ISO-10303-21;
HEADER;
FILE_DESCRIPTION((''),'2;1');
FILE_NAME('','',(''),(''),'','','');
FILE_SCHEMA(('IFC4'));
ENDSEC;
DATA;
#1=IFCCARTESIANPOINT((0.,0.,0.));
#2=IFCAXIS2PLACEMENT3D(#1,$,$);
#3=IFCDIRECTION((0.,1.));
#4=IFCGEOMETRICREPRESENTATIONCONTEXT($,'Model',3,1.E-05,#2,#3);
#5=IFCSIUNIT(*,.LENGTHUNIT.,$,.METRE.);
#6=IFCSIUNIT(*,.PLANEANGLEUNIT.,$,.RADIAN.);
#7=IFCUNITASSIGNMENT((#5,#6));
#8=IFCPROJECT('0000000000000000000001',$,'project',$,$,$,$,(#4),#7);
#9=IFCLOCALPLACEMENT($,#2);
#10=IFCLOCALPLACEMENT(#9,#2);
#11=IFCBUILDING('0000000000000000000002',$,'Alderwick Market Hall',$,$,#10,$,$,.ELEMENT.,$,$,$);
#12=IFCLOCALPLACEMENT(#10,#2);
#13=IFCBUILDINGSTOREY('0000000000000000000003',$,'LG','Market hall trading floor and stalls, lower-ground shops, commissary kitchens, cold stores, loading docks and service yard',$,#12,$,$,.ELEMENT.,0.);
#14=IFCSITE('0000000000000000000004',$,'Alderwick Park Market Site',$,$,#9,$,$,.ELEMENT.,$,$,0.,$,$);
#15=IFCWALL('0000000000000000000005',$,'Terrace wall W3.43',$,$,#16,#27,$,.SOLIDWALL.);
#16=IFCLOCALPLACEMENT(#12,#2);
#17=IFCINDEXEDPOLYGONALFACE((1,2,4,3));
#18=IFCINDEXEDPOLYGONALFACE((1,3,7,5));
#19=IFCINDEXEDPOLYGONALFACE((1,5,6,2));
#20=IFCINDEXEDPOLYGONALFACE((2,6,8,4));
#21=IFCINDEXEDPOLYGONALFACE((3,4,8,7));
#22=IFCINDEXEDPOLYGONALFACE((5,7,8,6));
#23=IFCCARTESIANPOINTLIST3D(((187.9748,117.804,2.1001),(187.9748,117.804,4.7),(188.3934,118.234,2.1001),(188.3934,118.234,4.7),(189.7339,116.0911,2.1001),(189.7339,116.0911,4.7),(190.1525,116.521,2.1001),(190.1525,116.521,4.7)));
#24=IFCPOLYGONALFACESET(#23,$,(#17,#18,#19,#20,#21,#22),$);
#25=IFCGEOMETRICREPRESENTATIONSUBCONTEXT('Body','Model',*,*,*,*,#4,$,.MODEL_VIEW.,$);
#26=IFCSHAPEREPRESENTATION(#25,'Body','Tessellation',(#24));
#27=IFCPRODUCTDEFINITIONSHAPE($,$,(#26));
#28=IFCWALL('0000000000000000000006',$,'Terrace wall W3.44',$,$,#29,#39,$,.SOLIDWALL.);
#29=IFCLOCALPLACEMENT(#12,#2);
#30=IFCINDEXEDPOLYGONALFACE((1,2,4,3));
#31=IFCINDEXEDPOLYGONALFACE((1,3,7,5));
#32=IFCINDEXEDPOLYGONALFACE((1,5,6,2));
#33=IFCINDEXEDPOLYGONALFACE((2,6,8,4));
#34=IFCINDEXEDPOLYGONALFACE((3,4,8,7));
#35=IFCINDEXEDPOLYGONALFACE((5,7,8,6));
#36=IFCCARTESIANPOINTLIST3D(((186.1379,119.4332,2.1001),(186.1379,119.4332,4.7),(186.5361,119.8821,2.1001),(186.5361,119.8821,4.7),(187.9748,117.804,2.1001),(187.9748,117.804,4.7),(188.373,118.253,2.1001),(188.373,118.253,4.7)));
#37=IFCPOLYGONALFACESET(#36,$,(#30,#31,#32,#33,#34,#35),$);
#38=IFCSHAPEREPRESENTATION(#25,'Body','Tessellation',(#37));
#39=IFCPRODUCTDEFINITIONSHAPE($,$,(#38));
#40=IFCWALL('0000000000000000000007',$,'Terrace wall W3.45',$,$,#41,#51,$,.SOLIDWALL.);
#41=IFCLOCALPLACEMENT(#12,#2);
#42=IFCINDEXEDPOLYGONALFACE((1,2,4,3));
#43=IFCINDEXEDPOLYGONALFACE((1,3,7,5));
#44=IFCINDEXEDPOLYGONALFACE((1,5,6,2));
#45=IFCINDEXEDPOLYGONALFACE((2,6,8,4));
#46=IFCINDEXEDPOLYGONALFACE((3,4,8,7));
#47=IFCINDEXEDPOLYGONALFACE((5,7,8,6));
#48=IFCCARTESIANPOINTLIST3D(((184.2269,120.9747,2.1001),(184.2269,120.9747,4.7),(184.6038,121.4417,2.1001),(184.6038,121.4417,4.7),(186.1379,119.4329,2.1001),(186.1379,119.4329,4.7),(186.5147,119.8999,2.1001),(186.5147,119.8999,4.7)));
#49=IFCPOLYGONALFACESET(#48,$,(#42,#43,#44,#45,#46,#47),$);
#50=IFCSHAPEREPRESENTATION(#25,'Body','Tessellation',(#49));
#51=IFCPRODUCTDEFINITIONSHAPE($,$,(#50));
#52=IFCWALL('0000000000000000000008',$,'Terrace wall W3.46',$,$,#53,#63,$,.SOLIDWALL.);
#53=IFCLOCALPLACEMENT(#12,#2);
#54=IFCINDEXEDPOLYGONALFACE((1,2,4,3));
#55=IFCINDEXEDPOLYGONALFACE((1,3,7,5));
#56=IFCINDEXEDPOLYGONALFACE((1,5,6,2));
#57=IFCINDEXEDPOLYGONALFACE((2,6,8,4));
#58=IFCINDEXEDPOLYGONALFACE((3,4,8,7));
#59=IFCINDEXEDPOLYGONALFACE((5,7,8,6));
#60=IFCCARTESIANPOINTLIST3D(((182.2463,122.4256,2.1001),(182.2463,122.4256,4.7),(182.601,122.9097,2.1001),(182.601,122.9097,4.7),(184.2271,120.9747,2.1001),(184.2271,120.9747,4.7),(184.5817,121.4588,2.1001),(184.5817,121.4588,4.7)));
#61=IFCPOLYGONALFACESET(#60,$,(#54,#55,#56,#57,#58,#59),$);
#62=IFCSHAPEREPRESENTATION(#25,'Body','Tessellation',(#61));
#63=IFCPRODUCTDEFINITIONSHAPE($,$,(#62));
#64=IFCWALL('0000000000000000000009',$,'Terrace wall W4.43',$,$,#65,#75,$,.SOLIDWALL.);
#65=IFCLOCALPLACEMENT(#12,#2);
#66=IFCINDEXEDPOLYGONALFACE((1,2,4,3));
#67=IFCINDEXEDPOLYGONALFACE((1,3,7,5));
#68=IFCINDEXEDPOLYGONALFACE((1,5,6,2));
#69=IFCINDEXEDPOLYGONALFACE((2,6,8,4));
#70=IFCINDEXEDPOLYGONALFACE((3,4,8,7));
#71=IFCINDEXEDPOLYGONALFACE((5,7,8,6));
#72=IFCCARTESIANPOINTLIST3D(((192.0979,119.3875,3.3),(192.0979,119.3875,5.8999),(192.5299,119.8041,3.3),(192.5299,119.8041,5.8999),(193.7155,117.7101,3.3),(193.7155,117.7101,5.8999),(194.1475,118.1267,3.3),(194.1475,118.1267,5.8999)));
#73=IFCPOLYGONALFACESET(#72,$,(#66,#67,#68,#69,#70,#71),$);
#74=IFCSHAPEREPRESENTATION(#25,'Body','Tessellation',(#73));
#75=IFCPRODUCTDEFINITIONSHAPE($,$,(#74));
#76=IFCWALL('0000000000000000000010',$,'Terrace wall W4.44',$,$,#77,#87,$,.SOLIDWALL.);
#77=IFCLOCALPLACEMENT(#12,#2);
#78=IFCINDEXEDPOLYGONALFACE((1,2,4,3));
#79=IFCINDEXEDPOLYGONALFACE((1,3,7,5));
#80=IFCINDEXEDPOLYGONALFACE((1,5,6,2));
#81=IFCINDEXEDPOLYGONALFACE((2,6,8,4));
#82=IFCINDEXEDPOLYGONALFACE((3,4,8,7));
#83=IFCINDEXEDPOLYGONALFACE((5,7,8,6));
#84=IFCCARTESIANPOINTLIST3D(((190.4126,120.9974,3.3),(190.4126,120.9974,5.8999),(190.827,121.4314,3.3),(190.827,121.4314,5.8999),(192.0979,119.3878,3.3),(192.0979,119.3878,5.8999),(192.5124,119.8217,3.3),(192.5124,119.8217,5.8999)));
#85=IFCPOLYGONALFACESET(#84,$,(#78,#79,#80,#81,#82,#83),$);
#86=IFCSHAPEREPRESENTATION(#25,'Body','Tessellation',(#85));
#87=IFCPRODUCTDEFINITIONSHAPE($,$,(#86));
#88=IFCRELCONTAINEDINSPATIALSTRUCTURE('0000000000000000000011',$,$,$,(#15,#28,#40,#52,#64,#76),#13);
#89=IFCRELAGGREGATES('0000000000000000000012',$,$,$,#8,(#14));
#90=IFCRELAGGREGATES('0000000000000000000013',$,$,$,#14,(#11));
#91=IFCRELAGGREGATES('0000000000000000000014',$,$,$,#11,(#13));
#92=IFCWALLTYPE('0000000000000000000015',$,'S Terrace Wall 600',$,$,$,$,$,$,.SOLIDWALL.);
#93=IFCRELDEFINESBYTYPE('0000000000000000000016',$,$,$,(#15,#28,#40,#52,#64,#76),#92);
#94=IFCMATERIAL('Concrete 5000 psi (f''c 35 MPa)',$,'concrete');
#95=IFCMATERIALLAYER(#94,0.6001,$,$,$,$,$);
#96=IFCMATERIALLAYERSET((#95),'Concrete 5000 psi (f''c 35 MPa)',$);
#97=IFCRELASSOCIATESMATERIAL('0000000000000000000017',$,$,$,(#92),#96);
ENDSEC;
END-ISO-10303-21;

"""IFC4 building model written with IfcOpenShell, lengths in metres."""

from ifc_helpers import new_model, si_unit, direction, frame, frame_2d, origin, place, context, subcontext, project, spatial, rectangle, extrude, material, layer, layer_set, type_object, element, save


model = new_model("IFC4")

# Units and contexts
model_context = context("Model", 3, precision=1e-05, world=origin(), true_north=direction((0.0, 1.0)))
body_context = subcontext(model_context, "Body", "Model", "MODEL_VIEW")
ifc_project = project(units=[si_unit("LENGTHUNIT", "METRE"), si_unit("PLANEANGLEUNIT", "RADIAN")], contexts=[model_context])

# Site, building, storey
site_placement = place(None, origin())
site = spatial("IfcSite", under=ifc_project, at=site_placement, Name="Alderwick Park Market Site", CompositionType="ELEMENT", RefElevation=0.0)
building_placement = place(site_placement, origin())
building = spatial("IfcBuilding", under=site, at=building_placement, Name="Alderwick Market Hall", CompositionType="ELEMENT")
storey_placement = place(building_placement, origin())
storey = spatial("IfcBuildingStorey", under=building, at=storey_placement, Name="LG", Description="Market hall trading floor and stalls, lower-ground shops, commissary kitchens, cold stores, loading docks and service yard", CompositionType="ELEMENT", Elevation=0.0)

# Walls
ifc_material = material(Name="Concrete 5000 psi (f'c 35 MPa)", Category="concrete")
ifc_layer = layer(ifc_material, 0.6001)
ifc_layer_set = layer_set([ifc_layer], Name="Concrete 5000 psi (f'c 35 MPa)")
wall_type = type_object("IfcWallType", Name="S Terrace Wall 600", PredefinedType="SOLIDWALL", material=ifc_layer_set)
for number, where, z_axis, x_axis, name in (
    (1, (189.9431, 116.3062, 2.1001), (0.0, 0.0, 1.0), (-0.716441, 0.697648, 0.0), "Terrace wall W3.43"),
    (2, (188.1738, 118.0286, 2.1001), (0.0, 0.0, 1.0), (-0.748149, 0.66353, 0.0), "Terrace wall W3.44"),
    (3, (186.3262, 119.6665, 2.1001), (0.0, 0.0, 1.0), (-0.778272, 0.627927, 0.0), "Terrace wall W3.45"),
    (4, (184.4043, 121.2168, 2.1001), (0.0, 0.0, 1.0), (-0.806715, 0.590941, 0.0), "Terrace wall W3.46"),
):
    element("IfcWall", number, at=place(storey_placement, frame(where, z_axis=z_axis, x_axis=x_axis)), inside=storey, type_object=wall_type, Name=name, PredefinedType="SOLIDWALL", context=body_context, shape_type="SweptSolid", body=[
        extrude(rectangle(XDim=2.4553, YDim=0.6001, at=frame_2d((1.2275, 0.0))), origin(), (0.0, 0.0, 1.0), 2.5999),
    ])
wall_1_placement = place(storey_placement, frame((193.9314, 117.9185, 3.3), z_axis=(0.0, 0.0, 1.0), x_axis=(-0.694157, 0.719824, 0.0)))
element("IfcWall", 5, at=wall_1_placement, inside=storey, type_object=wall_type, Name="Terrace wall W4.43", PredefinedType="SOLIDWALL", context=body_context, shape_type="SweptSolid", body=[
    extrude(rectangle(XDim=2.3303, YDim=0.6001, at=frame_2d((1.165, 0.0))), origin(), (0.0, 0.0, 1.0), 2.5999),
])
wall_2_placement = place(storey_placement, frame((192.3052, 119.6047, 3.3), z_axis=(0.0, 0.0, 1.0), x_axis=(-0.723158, 0.690683, 0.0)))
element("IfcWall", 6, at=wall_2_placement, inside=storey, type_object=wall_type, Name="Terrace wall W4.44", PredefinedType="SOLIDWALL", context=body_context, shape_type="SweptSolid", body=[
    extrude(rectangle(XDim=2.3306, YDim=0.6001, at=frame_2d((1.1653, 0.0))), origin(), (0.0, 0.0, 1.0), 2.5999),
])

save(model, "model.ifc")
